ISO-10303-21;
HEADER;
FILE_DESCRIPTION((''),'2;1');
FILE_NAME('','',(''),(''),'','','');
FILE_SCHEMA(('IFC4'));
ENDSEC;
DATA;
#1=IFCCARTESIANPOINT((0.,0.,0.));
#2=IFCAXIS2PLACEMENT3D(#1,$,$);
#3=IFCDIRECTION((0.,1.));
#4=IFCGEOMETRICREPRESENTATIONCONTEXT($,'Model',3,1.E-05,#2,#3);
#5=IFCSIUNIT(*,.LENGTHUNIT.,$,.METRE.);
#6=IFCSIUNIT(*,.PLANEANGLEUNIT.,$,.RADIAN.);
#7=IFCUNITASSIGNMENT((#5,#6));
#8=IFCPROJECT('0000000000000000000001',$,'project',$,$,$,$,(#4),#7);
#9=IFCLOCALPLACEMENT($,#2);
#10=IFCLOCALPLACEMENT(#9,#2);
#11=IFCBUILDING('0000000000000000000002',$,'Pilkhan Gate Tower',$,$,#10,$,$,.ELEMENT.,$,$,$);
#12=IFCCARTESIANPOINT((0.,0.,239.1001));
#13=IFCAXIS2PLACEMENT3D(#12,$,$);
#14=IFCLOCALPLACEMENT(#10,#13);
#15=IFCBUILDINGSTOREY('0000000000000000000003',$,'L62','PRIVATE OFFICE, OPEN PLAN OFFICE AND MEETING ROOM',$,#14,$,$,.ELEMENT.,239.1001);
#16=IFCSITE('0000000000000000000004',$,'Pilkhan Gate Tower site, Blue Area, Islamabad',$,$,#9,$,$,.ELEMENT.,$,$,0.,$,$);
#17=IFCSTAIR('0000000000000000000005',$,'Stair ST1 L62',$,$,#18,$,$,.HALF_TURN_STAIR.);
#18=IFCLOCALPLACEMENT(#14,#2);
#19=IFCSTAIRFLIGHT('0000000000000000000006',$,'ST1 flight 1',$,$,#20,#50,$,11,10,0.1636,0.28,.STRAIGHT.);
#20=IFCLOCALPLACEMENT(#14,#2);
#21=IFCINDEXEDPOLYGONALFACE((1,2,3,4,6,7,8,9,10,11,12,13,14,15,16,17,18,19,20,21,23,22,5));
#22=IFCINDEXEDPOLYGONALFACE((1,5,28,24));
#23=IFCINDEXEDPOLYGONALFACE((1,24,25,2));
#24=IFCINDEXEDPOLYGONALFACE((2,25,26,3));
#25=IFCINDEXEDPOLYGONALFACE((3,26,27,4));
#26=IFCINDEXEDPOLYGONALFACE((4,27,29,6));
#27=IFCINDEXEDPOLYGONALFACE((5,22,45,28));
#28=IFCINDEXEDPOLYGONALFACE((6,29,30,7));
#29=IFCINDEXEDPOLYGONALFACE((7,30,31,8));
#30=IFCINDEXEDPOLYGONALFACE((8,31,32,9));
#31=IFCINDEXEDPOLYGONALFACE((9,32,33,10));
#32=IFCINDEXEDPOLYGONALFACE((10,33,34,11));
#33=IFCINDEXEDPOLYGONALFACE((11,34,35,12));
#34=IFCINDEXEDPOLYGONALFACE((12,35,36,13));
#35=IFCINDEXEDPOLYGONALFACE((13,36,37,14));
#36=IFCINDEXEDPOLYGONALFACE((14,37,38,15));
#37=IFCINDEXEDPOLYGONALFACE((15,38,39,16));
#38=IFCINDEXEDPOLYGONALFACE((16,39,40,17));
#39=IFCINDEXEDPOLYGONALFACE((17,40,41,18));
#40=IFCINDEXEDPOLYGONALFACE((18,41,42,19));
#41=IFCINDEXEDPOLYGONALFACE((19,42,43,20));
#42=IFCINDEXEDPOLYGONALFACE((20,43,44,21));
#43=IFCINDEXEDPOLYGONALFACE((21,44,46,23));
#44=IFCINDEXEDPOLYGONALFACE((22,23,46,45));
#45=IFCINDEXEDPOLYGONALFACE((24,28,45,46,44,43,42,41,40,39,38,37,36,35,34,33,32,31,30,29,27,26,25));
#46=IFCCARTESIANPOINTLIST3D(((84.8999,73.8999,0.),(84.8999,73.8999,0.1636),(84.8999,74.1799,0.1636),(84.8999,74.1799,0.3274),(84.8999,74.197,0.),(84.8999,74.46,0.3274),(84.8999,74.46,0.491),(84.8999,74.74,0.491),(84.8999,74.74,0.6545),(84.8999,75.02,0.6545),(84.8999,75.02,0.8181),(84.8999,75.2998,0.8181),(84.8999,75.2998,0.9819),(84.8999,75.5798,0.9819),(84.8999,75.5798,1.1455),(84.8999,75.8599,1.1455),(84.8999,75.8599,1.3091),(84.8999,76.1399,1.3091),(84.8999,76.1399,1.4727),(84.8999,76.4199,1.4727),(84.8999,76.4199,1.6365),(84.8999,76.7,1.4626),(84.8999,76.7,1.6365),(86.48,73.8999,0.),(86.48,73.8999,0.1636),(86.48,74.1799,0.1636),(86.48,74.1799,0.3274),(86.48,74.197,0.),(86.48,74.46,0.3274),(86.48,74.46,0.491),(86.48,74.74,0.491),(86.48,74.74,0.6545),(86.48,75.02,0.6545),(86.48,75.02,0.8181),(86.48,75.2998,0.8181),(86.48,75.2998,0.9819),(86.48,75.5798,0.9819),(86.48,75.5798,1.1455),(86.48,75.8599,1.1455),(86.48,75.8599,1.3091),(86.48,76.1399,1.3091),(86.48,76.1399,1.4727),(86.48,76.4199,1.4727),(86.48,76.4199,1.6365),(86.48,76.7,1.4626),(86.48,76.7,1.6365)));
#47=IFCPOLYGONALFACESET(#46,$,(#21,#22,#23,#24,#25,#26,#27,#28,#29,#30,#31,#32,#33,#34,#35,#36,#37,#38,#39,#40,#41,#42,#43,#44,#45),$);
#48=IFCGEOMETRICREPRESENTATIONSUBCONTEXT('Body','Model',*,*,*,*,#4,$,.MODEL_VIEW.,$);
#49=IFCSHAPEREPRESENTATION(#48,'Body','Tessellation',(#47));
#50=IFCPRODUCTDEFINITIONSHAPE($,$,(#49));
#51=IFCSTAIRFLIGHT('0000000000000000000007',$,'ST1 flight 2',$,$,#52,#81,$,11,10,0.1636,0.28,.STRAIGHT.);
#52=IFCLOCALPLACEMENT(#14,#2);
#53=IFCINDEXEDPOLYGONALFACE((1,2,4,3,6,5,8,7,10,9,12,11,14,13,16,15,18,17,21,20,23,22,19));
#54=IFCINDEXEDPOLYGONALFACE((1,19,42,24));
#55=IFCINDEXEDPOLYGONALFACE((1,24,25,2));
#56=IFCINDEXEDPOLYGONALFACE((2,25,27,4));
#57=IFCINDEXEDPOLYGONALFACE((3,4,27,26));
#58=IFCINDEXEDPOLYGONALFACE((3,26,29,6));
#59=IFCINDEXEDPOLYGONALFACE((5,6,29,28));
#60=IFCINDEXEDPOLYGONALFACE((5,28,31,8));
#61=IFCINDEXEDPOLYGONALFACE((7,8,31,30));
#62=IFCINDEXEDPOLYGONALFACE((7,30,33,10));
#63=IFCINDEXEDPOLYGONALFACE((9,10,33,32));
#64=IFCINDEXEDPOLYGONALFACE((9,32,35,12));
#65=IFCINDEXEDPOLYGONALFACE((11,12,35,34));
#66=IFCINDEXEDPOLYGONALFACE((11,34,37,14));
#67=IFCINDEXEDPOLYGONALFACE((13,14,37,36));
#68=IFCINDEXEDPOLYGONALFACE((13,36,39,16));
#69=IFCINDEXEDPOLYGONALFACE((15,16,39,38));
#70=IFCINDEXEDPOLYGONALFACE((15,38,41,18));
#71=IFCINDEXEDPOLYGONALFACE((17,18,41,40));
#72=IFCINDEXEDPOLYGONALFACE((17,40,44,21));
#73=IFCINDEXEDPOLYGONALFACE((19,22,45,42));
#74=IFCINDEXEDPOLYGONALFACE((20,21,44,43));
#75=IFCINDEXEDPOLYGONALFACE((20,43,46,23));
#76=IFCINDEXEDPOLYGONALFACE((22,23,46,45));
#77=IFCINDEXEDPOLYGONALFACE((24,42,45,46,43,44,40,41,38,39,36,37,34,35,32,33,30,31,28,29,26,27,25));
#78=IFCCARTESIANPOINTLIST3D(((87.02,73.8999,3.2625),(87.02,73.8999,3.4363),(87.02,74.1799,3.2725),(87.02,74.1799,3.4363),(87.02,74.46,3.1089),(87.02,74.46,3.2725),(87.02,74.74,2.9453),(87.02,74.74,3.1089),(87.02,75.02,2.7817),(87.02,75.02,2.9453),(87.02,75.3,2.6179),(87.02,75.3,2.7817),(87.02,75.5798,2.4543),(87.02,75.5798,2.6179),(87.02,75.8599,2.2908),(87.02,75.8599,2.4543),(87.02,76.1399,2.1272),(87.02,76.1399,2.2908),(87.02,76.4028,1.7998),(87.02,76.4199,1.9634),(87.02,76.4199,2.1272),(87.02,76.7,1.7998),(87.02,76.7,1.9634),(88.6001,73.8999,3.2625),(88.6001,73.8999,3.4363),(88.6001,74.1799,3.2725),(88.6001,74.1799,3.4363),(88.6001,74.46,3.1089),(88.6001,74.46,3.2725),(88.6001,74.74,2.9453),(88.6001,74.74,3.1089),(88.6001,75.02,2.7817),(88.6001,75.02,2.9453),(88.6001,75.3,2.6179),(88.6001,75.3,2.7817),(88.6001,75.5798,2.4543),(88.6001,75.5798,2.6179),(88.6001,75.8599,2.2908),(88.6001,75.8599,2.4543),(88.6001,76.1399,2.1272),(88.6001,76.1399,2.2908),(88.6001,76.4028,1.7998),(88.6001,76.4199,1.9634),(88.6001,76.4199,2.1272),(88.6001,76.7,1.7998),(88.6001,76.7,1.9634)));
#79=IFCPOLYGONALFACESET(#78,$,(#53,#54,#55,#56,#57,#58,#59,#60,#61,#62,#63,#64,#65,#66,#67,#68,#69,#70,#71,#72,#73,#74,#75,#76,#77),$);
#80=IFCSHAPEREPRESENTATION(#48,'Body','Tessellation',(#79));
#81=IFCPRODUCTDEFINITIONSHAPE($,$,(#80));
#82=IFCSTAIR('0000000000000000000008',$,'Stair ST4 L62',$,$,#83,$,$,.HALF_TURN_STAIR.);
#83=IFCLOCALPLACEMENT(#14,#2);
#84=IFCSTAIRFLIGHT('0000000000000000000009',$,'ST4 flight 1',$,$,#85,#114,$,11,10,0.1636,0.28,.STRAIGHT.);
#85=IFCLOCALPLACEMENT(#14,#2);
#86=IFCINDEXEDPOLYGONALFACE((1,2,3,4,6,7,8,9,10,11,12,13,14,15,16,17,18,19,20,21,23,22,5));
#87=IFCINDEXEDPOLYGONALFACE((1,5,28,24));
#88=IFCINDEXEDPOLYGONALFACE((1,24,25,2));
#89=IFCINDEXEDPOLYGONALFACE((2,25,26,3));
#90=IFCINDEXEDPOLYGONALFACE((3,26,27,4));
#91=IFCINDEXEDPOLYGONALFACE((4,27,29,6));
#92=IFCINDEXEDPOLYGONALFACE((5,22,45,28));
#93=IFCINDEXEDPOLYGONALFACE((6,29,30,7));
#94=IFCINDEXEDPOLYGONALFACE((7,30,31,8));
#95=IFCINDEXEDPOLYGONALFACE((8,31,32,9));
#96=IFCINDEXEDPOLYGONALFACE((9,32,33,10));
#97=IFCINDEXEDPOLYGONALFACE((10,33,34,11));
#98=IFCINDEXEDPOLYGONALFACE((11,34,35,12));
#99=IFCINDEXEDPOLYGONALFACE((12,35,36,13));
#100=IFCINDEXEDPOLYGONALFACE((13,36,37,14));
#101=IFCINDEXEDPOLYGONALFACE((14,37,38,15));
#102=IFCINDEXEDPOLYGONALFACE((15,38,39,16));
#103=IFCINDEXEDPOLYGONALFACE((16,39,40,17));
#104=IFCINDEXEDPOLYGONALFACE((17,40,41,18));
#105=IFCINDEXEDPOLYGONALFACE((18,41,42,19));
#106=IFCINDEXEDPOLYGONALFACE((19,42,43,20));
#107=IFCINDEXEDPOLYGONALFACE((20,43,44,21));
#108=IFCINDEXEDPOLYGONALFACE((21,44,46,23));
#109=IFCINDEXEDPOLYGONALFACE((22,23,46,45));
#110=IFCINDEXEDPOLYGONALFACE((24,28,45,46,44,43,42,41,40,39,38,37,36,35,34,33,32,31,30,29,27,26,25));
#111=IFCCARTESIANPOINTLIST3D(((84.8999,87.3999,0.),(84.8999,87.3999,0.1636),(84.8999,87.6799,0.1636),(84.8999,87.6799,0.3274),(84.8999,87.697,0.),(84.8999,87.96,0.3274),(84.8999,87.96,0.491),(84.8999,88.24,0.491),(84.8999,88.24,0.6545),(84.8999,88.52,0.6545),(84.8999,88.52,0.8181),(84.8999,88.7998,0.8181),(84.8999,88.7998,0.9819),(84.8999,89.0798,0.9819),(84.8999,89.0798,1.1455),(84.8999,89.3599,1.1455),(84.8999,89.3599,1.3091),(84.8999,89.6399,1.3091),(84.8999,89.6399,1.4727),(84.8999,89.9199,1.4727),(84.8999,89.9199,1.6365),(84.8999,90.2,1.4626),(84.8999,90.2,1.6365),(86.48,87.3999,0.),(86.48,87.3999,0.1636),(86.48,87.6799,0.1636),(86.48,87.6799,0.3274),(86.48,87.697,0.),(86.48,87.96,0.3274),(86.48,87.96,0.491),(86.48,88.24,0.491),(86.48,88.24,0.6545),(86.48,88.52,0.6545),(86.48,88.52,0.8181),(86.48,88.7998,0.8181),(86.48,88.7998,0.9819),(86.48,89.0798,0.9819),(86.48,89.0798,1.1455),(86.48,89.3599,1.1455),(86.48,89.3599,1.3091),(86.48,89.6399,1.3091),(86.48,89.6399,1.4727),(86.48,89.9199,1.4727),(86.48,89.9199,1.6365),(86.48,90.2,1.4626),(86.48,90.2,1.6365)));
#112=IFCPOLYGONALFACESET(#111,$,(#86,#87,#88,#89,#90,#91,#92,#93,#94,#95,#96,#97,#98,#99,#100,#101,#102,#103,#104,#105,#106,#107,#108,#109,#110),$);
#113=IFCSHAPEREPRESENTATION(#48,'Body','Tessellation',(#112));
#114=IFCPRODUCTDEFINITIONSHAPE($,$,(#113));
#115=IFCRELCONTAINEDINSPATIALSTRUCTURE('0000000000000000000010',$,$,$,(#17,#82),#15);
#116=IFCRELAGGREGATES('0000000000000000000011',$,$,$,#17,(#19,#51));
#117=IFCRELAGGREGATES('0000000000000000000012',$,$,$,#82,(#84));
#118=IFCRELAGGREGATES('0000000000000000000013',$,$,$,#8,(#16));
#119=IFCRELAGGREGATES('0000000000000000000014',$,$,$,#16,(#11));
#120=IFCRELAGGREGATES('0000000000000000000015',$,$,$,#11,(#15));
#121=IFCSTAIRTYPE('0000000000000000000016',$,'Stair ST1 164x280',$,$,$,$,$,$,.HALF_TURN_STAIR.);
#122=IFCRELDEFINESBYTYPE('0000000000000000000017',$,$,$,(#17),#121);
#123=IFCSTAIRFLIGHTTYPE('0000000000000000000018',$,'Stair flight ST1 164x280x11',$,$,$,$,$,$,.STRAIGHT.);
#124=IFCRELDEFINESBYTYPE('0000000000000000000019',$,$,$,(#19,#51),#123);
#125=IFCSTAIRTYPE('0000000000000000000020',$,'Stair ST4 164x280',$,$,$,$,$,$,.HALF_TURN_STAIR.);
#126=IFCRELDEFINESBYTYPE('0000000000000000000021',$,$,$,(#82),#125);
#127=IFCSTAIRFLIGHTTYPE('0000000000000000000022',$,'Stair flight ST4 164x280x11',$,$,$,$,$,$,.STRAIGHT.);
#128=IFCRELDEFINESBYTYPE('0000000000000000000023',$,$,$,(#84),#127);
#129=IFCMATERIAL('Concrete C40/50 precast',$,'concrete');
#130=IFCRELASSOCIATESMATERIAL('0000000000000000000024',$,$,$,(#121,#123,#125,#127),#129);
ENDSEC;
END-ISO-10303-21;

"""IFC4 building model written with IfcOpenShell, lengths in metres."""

from ifc_helpers import new_model, si_unit, direction, frame, origin, place, context, subcontext, project, spatial, polyline, outline, extrude, material, type_object, element, aggregate, save


model = new_model("IFC4")

# Units and contexts
model_context = context("Model", 3, precision=1e-05, world=origin(), true_north=direction((0.0, 1.0)))
body_context = subcontext(model_context, "Body", "Model", "MODEL_VIEW")
ifc_project = project(units=[si_unit("LENGTHUNIT", "METRE"), si_unit("PLANEANGLEUNIT", "RADIAN")], contexts=[model_context])

# Site, building, storey
site_placement = place(None, origin())
site = spatial("IfcSite", under=ifc_project, at=site_placement, Name="Pilkhan Gate Tower site, Blue Area, Islamabad", CompositionType="ELEMENT", RefElevation=0.0)
building_placement = place(site_placement, origin())
building = spatial("IfcBuilding", under=site, at=building_placement, Name="Pilkhan Gate Tower", CompositionType="ELEMENT")
storey_placement = place(building_placement, frame((0.0, 0.0, 239.1001)))
storey = spatial("IfcBuildingStorey", under=building, at=storey_placement, Name="L62", Description="PRIVATE OFFICE, OPEN PLAN OFFICE AND MEETING ROOM", CompositionType="ELEMENT", Elevation=239.1001)

# Stair, stair flights
ifc_material_1 = material(Name="Concrete C40/50 precast", Category="concrete")
stair_type_1 = type_object("IfcStairType", Name="Stair ST1 164x280", PredefinedType="HALF_TURN_STAIR", material=ifc_material_1)
stair_1_placement = place(storey_placement, origin())
stair_1 = element("IfcStair", 1, at=stair_1_placement, inside=storey, type_object=stair_type_1, Name="Stair ST1 L62", PredefinedType="HALF_TURN_STAIR")
stair_flight_type_1 = type_object("IfcStairFlightType", Name="Stair flight ST1 164x280x11", PredefinedType="STRAIGHT", material=ifc_material_1)
stair_flight_1_placement = place(storey_placement, frame((85.6899, 73.8999, 0.0), z_axis=(0.0, 0.0, 1.0), x_axis=(0.0, 1.0, 0.0)))
stair_flight_1 = element("IfcStairFlight", 2, at=stair_flight_1_placement, type_object=stair_flight_type_1, Name="ST1 flight 1", NumberOfRisers=11, NumberOfTreads=10, PredefinedType="STRAIGHT", RiserHeight=0.1636, TreadLength=0.28, context=body_context, shape_type="SweptSolid", body=[
    extrude(outline(polyline([(0.0, 0.0), (0.0, 0.1636), (0.28, 0.1636), (0.28, 0.3274), (0.5601, 0.3274), (0.5601, 0.491), (0.8401, 0.491), (0.8401, 0.6545), (1.1201, 0.6545), (1.1201, 0.8181), (1.3999, 0.8181), (1.3999, 0.9819), (1.6799, 0.9819), (1.6799, 1.1455), (1.96, 1.1455), (1.96, 1.3091), (2.24, 1.3091), (2.24, 1.4727), (2.52, 1.4727), (2.52, 1.6365), (2.8, 1.6365), (2.8, 1.8), (2.8, 1.4626), (0.2971, 0.0), (0.0, 0.0)])), frame((0.0, 0.79, 0.0), z_axis=(0.0, -1.0, 0.0), x_axis=(1.0, 0.0, 0.0)), (0.0, 0.0, 1.0), 1.5801),
])
stair_flight_2_placement = place(storey_placement, frame((87.8101, 76.7, 1.7998), z_axis=(0.0, 0.0, 1.0), x_axis=(0.0, -1.0, 0.0)))
stair_flight_2 = element("IfcStairFlight", 3, at=stair_flight_2_placement, type_object=stair_flight_type_1, Name="ST1 flight 2", NumberOfRisers=11, NumberOfTreads=10, PredefinedType="STRAIGHT", RiserHeight=0.1636, TreadLength=0.28, context=body_context, shape_type="SweptSolid", body=[
    extrude(outline(polyline([(0.0, 0.0), (0.0, 0.1636), (0.28, 0.1636), (0.28, 0.3274), (0.5601, 0.3274), (0.5601, 0.491), (0.8401, 0.491), (0.8401, 0.6545), (1.1201, 0.6545), (1.1201, 0.8181), (1.3999, 0.8181), (1.3999, 0.9819), (1.6799, 0.9819), (1.6799, 1.1455), (1.96, 1.1455), (1.96, 1.3091), (2.24, 1.3091), (2.24, 1.4727), (2.52, 1.4727), (2.52, 1.6365), (2.8, 1.6365), (2.8, 1.8), (2.8, 1.4626), (0.2971, 0.0), (0.0, 0.0)])), frame((0.0, 0.79, 0.0), z_axis=(0.0, -1.0, 0.0), x_axis=(1.0, 0.0, 0.0)), (0.0, 0.0, 1.0), 1.5801),
])
aggregate(stair_1, [stair_flight_1, stair_flight_2])

# Stair, stair flight
stair_type_2 = type_object("IfcStairType", Name="Stair ST4 164x280", PredefinedType="HALF_TURN_STAIR", material=ifc_material_1)
stair_2_placement = place(storey_placement, origin())
stair_2 = element("IfcStair", 4, at=stair_2_placement, inside=storey, type_object=stair_type_2, Name="Stair ST4 L62", PredefinedType="HALF_TURN_STAIR")
stair_flight_type_2 = type_object("IfcStairFlightType", Name="Stair flight ST4 164x280x11", PredefinedType="STRAIGHT", material=ifc_material_1)
stair_flight_3_placement = place(storey_placement, frame((85.6899, 87.3999, 0.0), z_axis=(0.0, 0.0, 1.0), x_axis=(0.0, 1.0, 0.0)))
stair_flight_3 = element("IfcStairFlight", 5, at=stair_flight_3_placement, type_object=stair_flight_type_2, Name="ST4 flight 1", NumberOfRisers=11, NumberOfTreads=10, PredefinedType="STRAIGHT", RiserHeight=0.1636, TreadLength=0.28, context=body_context, shape_type="SweptSolid", body=[
    extrude(outline(polyline([(0.0, 0.0), (0.0, 0.1636), (0.28, 0.1636), (0.28, 0.3274), (0.5601, 0.3274), (0.5601, 0.491), (0.8401, 0.491), (0.8401, 0.6545), (1.1201, 0.6545), (1.1201, 0.8181), (1.3999, 0.8181), (1.3999, 0.9819), (1.6799, 0.9819), (1.6799, 1.1455), (1.96, 1.1455), (1.96, 1.3091), (2.24, 1.3091), (2.24, 1.4727), (2.52, 1.4727), (2.52, 1.6365), (2.8, 1.6365), (2.8, 1.8), (2.8, 1.4626), (0.2971, 0.0), (0.0, 0.0)])), frame((0.0, 0.79, 0.0), z_axis=(0.0, -1.0, 0.0), x_axis=(1.0, 0.0, 0.0)), (0.0, 0.0, 1.0), 1.5801),
])
aggregate(stair_2, [stair_flight_3])

save(model, "model.ifc")
